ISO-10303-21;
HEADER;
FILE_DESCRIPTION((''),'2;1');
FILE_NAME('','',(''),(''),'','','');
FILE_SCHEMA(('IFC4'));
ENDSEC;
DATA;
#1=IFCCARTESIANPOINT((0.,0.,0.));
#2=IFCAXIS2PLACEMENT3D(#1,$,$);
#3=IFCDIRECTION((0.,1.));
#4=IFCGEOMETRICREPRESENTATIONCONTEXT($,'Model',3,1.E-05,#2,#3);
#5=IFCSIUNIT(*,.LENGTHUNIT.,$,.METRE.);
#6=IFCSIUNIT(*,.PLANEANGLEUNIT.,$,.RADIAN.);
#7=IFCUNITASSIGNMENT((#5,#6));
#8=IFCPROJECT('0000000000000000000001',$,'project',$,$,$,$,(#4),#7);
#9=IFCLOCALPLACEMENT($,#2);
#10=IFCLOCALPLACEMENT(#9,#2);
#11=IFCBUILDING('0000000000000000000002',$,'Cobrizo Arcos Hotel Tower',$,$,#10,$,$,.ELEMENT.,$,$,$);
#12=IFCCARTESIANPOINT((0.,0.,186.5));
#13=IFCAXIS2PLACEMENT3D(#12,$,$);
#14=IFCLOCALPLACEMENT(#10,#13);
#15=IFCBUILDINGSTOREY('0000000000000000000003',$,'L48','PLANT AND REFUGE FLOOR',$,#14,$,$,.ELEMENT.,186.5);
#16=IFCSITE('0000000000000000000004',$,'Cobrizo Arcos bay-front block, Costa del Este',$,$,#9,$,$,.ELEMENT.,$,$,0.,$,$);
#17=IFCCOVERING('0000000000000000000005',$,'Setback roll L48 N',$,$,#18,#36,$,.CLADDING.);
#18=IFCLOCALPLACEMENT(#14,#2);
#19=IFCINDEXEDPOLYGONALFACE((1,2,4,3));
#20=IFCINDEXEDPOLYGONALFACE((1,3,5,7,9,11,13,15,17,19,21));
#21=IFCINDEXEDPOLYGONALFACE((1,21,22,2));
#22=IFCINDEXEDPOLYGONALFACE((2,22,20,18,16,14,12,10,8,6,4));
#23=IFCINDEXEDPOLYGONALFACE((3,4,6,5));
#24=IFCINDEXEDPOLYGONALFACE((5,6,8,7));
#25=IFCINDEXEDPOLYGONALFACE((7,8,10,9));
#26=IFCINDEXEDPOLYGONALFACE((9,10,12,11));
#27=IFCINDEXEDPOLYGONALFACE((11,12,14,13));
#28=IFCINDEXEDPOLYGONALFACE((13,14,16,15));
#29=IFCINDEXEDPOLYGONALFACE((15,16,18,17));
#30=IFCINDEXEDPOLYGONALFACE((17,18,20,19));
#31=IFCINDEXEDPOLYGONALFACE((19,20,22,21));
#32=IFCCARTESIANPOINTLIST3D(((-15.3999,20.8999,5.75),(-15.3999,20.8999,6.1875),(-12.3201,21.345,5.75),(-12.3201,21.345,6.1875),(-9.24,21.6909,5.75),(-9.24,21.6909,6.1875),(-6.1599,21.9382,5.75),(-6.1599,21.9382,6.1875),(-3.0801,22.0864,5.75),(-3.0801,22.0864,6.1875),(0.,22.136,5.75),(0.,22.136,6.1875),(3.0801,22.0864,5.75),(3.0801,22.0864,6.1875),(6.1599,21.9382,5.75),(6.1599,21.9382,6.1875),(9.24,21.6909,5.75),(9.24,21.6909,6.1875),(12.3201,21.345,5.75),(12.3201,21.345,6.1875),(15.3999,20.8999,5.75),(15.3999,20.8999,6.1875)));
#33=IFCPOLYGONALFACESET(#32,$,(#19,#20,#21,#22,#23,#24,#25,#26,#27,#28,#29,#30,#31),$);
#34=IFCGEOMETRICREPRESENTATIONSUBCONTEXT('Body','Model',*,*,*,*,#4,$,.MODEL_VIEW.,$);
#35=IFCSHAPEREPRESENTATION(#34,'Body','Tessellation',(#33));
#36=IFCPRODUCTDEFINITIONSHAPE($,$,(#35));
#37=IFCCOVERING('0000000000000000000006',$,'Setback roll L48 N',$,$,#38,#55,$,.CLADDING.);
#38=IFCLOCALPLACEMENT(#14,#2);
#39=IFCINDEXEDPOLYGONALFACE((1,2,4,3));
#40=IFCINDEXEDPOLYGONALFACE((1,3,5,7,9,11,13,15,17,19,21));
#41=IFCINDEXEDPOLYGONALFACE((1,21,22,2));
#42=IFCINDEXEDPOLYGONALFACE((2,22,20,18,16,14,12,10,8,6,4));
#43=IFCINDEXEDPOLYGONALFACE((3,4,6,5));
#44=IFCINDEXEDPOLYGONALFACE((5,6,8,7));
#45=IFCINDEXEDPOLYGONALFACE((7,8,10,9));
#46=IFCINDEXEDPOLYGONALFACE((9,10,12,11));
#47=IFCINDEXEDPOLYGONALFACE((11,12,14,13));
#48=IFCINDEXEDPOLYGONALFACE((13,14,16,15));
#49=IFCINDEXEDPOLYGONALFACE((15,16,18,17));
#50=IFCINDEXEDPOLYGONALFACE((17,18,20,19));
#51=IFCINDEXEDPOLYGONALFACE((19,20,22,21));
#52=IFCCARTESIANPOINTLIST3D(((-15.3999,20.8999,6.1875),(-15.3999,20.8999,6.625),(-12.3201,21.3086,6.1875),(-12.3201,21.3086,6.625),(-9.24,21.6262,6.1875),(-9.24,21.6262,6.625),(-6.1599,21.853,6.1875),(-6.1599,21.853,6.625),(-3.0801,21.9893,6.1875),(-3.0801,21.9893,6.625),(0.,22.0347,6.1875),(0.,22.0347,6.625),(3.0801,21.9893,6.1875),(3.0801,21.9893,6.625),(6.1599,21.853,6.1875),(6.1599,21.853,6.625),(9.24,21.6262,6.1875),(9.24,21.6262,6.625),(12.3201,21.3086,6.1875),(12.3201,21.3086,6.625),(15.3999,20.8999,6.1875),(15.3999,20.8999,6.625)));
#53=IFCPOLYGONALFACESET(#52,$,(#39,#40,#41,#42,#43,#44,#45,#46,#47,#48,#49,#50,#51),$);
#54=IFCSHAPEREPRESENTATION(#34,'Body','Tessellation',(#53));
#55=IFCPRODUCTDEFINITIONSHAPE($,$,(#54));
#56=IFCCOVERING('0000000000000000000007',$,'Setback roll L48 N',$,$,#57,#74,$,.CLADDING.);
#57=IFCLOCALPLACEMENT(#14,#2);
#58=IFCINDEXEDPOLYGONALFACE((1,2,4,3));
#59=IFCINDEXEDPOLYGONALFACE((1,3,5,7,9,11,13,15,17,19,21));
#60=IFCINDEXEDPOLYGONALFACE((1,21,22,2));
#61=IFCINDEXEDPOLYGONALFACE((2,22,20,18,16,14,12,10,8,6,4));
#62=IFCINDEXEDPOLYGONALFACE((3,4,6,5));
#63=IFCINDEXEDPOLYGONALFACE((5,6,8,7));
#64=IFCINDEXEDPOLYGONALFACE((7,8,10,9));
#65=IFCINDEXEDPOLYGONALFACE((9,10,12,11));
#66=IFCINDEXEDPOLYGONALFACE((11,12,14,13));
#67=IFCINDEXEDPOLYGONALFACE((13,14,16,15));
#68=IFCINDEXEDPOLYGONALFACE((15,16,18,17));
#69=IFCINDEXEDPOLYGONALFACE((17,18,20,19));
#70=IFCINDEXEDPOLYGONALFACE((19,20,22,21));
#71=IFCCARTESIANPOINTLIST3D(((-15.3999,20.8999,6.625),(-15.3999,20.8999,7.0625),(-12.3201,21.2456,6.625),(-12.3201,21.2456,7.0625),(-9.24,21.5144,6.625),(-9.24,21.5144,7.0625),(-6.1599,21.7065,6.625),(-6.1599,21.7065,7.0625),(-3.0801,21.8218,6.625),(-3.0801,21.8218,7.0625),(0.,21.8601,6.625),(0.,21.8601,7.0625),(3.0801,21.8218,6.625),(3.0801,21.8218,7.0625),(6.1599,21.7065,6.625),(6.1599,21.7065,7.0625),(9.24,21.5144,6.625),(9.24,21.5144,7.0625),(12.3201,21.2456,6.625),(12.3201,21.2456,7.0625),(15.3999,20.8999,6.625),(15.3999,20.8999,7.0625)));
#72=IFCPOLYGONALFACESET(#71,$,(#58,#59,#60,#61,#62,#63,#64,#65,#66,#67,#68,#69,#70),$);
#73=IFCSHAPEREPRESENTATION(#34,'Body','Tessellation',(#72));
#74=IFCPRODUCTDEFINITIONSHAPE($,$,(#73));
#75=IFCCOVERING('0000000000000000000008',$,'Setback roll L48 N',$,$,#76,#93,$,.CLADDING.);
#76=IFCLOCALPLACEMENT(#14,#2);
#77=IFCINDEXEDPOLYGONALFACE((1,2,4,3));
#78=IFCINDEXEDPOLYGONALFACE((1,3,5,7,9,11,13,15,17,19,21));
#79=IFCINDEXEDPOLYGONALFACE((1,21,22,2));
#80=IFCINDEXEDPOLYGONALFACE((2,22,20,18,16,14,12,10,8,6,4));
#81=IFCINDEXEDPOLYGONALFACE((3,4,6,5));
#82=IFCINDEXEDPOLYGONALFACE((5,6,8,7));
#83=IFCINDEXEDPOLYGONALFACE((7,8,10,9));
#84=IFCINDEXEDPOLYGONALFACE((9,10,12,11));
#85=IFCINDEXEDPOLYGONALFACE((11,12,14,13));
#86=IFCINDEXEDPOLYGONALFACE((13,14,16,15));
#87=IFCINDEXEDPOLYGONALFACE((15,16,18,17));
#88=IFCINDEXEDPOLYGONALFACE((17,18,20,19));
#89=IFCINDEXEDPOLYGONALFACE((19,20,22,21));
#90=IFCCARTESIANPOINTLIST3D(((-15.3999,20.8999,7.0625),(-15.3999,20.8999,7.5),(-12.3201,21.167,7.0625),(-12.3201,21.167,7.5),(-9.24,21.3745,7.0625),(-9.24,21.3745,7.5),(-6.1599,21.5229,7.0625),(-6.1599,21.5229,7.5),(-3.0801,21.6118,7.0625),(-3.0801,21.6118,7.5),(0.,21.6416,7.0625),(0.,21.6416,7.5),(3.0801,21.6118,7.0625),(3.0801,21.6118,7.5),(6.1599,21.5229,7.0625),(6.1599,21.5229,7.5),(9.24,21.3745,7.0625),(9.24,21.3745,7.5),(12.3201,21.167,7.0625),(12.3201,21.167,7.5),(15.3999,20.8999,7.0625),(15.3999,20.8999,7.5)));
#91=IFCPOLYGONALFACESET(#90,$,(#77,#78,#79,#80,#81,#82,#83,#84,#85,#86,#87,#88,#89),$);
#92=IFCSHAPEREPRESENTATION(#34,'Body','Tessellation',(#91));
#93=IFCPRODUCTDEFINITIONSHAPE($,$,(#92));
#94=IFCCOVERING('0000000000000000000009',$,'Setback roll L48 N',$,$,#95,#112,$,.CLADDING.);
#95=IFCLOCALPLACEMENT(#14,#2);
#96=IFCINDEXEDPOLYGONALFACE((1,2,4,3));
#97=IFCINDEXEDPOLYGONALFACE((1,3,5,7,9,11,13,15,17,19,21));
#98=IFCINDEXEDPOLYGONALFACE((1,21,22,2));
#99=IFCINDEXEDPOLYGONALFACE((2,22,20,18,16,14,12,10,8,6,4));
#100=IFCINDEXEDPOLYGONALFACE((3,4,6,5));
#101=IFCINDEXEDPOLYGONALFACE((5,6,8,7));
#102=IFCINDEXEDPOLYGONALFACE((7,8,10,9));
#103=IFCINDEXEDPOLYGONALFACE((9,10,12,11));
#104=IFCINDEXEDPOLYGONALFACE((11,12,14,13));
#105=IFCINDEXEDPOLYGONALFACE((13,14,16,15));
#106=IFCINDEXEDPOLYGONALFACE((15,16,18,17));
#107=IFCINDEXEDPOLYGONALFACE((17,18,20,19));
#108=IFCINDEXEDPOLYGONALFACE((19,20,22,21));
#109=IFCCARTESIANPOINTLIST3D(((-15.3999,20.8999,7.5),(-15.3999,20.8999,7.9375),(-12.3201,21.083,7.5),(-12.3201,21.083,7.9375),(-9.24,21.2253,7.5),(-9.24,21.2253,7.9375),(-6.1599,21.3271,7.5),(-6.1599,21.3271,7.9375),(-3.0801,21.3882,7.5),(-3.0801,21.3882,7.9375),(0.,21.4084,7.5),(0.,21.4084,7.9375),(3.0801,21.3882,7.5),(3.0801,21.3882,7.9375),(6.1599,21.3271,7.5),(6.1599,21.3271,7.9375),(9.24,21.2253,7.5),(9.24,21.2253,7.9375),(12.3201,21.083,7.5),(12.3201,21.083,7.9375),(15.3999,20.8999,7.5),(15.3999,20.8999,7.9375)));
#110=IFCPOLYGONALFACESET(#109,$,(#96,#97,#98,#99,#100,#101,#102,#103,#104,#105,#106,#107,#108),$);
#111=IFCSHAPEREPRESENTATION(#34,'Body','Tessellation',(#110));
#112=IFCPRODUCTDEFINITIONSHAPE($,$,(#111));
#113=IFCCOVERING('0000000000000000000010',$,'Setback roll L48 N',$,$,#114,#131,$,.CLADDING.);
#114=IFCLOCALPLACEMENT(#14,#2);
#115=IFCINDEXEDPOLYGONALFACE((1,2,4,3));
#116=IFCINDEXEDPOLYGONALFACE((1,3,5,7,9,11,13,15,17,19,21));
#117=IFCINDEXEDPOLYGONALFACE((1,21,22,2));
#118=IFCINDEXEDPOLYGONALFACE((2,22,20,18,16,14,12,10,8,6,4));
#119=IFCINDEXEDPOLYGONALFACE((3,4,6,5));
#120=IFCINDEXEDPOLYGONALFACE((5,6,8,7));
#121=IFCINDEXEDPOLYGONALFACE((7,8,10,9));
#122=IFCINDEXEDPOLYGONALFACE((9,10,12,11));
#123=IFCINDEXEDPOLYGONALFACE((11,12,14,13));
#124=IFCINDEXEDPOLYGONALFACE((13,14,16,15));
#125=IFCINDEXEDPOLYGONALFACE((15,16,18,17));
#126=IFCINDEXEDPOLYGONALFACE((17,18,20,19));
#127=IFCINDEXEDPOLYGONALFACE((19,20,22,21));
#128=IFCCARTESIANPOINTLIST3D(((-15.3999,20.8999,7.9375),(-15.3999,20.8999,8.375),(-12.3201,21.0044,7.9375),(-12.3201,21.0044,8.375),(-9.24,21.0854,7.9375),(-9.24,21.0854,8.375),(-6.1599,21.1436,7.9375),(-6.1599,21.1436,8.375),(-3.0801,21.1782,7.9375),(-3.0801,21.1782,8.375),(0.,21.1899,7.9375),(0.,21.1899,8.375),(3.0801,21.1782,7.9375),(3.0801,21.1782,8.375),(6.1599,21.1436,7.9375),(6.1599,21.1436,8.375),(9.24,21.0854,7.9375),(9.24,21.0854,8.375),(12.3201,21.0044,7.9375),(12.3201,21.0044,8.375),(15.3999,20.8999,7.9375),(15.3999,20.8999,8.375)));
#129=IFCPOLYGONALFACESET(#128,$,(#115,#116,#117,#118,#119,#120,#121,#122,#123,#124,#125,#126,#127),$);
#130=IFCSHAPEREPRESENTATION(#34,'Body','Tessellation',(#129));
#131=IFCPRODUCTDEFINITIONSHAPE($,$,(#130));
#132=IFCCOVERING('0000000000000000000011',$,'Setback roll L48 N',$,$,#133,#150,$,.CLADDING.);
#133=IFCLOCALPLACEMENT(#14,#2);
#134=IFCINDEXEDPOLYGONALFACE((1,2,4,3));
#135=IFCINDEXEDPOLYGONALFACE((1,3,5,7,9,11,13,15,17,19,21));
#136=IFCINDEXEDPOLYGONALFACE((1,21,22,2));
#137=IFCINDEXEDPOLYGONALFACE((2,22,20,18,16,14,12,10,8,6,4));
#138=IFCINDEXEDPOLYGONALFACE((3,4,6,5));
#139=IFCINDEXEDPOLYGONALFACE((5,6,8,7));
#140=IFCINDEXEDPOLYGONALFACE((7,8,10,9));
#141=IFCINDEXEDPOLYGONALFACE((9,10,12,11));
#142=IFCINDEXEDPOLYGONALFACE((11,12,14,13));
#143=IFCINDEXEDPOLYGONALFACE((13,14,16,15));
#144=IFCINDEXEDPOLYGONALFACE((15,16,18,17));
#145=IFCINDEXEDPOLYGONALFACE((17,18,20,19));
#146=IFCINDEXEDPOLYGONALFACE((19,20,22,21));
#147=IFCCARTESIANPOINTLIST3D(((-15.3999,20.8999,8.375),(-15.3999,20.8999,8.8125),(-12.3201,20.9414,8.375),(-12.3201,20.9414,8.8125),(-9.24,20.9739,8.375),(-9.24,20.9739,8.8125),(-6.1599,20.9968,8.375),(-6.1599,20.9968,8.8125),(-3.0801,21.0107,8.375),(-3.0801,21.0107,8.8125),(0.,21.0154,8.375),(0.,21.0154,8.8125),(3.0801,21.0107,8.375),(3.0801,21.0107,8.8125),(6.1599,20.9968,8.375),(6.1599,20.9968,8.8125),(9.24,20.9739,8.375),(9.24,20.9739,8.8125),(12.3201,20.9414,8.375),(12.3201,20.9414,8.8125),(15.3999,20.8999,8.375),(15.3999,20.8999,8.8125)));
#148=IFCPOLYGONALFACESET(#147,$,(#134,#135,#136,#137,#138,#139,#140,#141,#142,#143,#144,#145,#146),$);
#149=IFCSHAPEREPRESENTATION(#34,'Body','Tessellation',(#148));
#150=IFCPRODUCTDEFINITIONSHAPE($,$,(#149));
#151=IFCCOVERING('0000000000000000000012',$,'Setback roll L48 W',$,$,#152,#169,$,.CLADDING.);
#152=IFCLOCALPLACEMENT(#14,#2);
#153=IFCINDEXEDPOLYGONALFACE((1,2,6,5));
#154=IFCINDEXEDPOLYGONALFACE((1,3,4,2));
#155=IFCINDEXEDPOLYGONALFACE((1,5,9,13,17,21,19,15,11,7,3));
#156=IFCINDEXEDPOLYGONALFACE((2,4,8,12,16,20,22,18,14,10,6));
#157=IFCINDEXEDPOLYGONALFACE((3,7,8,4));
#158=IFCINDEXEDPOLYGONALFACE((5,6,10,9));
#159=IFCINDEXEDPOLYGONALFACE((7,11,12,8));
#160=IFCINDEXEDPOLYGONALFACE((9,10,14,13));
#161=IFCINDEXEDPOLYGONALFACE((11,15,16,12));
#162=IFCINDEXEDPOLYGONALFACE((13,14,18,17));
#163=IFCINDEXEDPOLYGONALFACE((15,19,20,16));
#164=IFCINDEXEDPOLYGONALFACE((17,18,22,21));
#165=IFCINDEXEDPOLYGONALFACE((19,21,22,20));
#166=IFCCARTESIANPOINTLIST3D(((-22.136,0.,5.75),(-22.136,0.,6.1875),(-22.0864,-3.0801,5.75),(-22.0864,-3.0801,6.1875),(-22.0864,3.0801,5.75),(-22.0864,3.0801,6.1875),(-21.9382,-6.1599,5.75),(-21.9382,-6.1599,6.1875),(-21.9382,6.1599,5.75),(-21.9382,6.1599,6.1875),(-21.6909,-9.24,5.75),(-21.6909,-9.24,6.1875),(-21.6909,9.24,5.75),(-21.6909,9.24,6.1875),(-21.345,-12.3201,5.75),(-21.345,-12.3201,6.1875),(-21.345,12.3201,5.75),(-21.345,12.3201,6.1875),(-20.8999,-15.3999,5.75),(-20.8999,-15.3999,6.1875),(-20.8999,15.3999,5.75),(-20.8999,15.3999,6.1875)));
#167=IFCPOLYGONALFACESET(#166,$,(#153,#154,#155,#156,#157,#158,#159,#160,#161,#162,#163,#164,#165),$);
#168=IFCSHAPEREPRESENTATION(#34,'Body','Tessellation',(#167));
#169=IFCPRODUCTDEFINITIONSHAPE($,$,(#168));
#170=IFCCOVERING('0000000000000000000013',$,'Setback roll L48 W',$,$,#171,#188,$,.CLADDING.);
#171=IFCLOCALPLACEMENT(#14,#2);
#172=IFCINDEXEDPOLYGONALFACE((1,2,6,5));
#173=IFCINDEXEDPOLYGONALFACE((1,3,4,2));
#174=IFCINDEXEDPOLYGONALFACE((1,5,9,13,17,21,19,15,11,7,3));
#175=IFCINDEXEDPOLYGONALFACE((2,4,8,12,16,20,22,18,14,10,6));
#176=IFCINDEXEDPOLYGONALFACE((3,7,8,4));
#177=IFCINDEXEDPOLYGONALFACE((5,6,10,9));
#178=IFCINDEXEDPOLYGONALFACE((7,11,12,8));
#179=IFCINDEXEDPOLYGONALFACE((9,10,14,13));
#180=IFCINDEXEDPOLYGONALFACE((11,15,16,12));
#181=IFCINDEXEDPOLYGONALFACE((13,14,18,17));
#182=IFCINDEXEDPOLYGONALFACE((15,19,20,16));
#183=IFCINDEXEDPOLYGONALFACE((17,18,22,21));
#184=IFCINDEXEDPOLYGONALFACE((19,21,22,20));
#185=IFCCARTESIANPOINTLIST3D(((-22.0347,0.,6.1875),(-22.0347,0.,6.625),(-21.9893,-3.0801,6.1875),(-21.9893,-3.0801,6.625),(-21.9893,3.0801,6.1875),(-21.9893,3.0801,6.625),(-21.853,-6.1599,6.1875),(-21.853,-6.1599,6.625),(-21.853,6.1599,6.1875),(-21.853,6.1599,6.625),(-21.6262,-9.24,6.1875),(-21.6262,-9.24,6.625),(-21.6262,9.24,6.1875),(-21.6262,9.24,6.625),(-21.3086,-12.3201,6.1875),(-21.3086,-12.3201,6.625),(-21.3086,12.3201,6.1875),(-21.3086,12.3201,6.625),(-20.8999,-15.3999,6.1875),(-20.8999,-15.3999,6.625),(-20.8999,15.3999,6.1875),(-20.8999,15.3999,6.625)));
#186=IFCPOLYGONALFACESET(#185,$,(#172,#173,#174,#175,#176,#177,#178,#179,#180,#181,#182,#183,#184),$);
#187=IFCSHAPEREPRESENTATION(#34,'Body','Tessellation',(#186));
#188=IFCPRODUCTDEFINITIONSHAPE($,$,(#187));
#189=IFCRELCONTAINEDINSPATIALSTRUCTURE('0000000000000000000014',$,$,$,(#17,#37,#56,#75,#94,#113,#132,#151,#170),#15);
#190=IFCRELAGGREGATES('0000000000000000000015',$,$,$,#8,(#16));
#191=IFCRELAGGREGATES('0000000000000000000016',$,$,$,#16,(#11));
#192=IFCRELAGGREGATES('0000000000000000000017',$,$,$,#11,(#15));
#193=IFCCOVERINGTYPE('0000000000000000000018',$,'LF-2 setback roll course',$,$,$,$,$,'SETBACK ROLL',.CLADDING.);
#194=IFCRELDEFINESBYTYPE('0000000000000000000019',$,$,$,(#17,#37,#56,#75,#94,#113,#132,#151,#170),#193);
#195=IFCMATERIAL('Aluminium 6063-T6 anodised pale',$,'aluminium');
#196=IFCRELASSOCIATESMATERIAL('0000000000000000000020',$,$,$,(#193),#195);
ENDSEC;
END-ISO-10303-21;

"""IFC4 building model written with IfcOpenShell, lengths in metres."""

from ifc_helpers import new_model, si_unit, direction, frame, origin, place, context, subcontext, project, spatial, polyline, outline, extrude, material, type_object, element, save


model = new_model("IFC4")

# Units and contexts
model_context = context("Model", 3, precision=1e-05, world=origin(), true_north=direction((0.0, 1.0)))
body_context = subcontext(model_context, "Body", "Model", "MODEL_VIEW")
ifc_project = project(units=[si_unit("LENGTHUNIT", "METRE"), si_unit("PLANEANGLEUNIT", "RADIAN")], contexts=[model_context])

# Site, building, storey
site_placement = place(None, origin())
site = spatial("IfcSite", under=ifc_project, at=site_placement, Name="Cobrizo Arcos bay-front block, Costa del Este", CompositionType="ELEMENT", RefElevation=0.0)
building_placement = place(site_placement, origin())
building = spatial("IfcBuilding", under=site, at=building_placement, Name="Cobrizo Arcos Hotel Tower", CompositionType="ELEMENT")
storey_placement = place(building_placement, frame((0.0, 0.0, 186.5)))
storey = spatial("IfcBuildingStorey", under=building, at=storey_placement, Name="L48", Description="PLANT AND REFUGE FLOOR", CompositionType="ELEMENT", Elevation=186.5)

# Coverings
ifc_material_1 = material(Name="Aluminium 6063-T6 anodised pale", Category="aluminium")
covering_type = type_object("IfcCoveringType", Name="LF-2 setback roll course", ElementType="SETBACK ROLL", PredefinedType="CLADDING", material=ifc_material_1)
covering_1_placement = place(storey_placement, frame((0.0, 0.0, 5.75)))
element("IfcCovering", 1, at=covering_1_placement, inside=storey, type_object=covering_type, Name="Setback roll L48 N", PredefinedType="CLADDING", context=body_context, shape_type="SweptSolid", body=[
    extrude(outline(polyline([(15.3999, 20.8999), (12.3201, 21.345), (9.24, 21.6909), (6.1599, 21.9382), (3.0801, 22.0864), (0.0, 22.136), (-3.0801, 22.0864), (-6.1599, 21.9382), (-9.24, 21.6909), (-12.3201, 21.345), (-15.3999, 20.8999), (-15.3999, 20.8999), (15.3999, 20.8999)])), origin(), (0.0, 0.0, 1.0), 0.4375),
])
covering_2_placement = place(storey_placement, frame((0.0, 0.0, 6.1875)))
element("IfcCovering", 2, at=covering_2_placement, inside=storey, type_object=covering_type, Name="Setback roll L48 N", PredefinedType="CLADDING", context=body_context, shape_type="SweptSolid", body=[
    extrude(outline(polyline([(15.3999, 20.8999), (12.3201, 21.3086), (9.24, 21.6262), (6.1599, 21.853), (3.0801, 21.9893), (0.0, 22.0347), (-3.0801, 21.9893), (-6.1599, 21.853), (-9.24, 21.6262), (-12.3201, 21.3086), (-15.3999, 20.8999), (-15.3999, 20.8999), (15.3999, 20.8999)])), origin(), (0.0, 0.0, 1.0), 0.4375),
])
covering_3_placement = place(storey_placement, frame((0.0, 0.0, 6.625)))
element("IfcCovering", 3, at=covering_3_placement, inside=storey, type_object=covering_type, Name="Setback roll L48 N", PredefinedType="CLADDING", context=body_context, shape_type="SweptSolid", body=[
    extrude(outline(polyline([(15.3999, 20.8999), (12.3201, 21.2456), (9.24, 21.5144), (6.1599, 21.7065), (3.0801, 21.8218), (0.0, 21.8601), (-3.0801, 21.8218), (-6.1599, 21.7065), (-9.24, 21.5144), (-12.3201, 21.2456), (-15.3999, 20.8999), (-15.3999, 20.8999), (15.3999, 20.8999)])), origin(), (0.0, 0.0, 1.0), 0.4375),
])
covering_4_placement = place(storey_placement, frame((0.0, 0.0, 7.0625)))
element("IfcCovering", 4, at=covering_4_placement, inside=storey, type_object=covering_type, Name="Setback roll L48 N", PredefinedType="CLADDING", context=body_context, shape_type="SweptSolid", body=[
    extrude(outline(polyline([(15.3999, 20.8999), (12.3201, 21.167), (9.24, 21.3745), (6.1599, 21.5229), (3.0801, 21.6118), (0.0, 21.6416), (-3.0801, 21.6118), (-6.1599, 21.5229), (-9.24, 21.3745), (-12.3201, 21.167), (-15.3999, 20.8999), (-15.3999, 20.8999), (15.3999, 20.8999)])), origin(), (0.0, 0.0, 1.0), 0.4375),
])
covering_5_placement = place(storey_placement, frame((0.0, 0.0, 7.5)))
element("IfcCovering", 5, at=covering_5_placement, inside=storey, type_object=covering_type, Name="Setback roll L48 N", PredefinedType="CLADDING", context=body_context, shape_type="SweptSolid", body=[
    extrude(outline(polyline([(15.3999, 20.8999), (12.3201, 21.083), (9.24, 21.2253), (6.1599, 21.3271), (3.0801, 21.3882), (0.0, 21.4084), (-3.0801, 21.3882), (-6.1599, 21.3271), (-9.24, 21.2253), (-12.3201, 21.083), (-15.3999, 20.8999), (-15.3999, 20.8999), (15.3999, 20.8999)])), origin(), (0.0, 0.0, 1.0), 0.4375),
])
covering_6_placement = place(storey_placement, frame((0.0, 0.0, 7.9375)))
element("IfcCovering", 6, at=covering_6_placement, inside=storey, type_object=covering_type, Name="Setback roll L48 N", PredefinedType="CLADDING", context=body_context, shape_type="SweptSolid", body=[
    extrude(outline(polyline([(15.3999, 20.8999), (12.3201, 21.0044), (9.24, 21.0854), (6.1599, 21.1436), (3.0801, 21.1782), (0.0, 21.1899), (-3.0801, 21.1782), (-6.1599, 21.1436), (-9.24, 21.0854), (-12.3201, 21.0044), (-15.3999, 20.8999), (-15.3999, 20.8999), (15.3999, 20.8999)])), origin(), (0.0, 0.0, 1.0), 0.4375),
])
covering_7_placement = place(storey_placement, frame((0.0, 0.0, 8.375)))
element("IfcCovering", 7, at=covering_7_placement, inside=storey, type_object=covering_type, Name="Setback roll L48 N", PredefinedType="CLADDING", context=body_context, shape_type="SweptSolid", body=[
    extrude(outline(polyline([(15.3999, 20.8999), (12.3201, 20.9414), (9.24, 20.9739), (6.1599, 20.9968), (3.0801, 21.0107), (0.0, 21.0154), (-3.0801, 21.0107), (-6.1599, 20.9968), (-9.24, 20.9739), (-12.3201, 20.9414), (-15.3999, 20.8999), (-15.3999, 20.8999), (15.3999, 20.8999)])), origin(), (0.0, 0.0, 1.0), 0.4375),
])
covering_8_placement = place(storey_placement, frame((0.0, 0.0, 5.75)))
element("IfcCovering", 8, at=covering_8_placement, inside=storey, type_object=covering_type, Name="Setback roll L48 W", PredefinedType="CLADDING", context=body_context, shape_type="SweptSolid", body=[
    extrude(outline(polyline([(-20.8999, 15.3999), (-21.345, 12.3201), (-21.6909, 9.24), (-21.9382, 6.1599), (-22.0864, 3.0801), (-22.136, 0.0), (-22.0864, -3.0801), (-21.9382, -6.1599), (-21.6909, -9.24), (-21.345, -12.3201), (-20.8999, -15.3999), (-20.8999, -15.3999), (-20.8999, 15.3999)])), origin(), (0.0, 0.0, 1.0), 0.4375),
])
covering_9_placement = place(storey_placement, frame((0.0, 0.0, 6.1875)))
element("IfcCovering", 9, at=covering_9_placement, inside=storey, type_object=covering_type, Name="Setback roll L48 W", PredefinedType="CLADDING", context=body_context, shape_type="SweptSolid", body=[
    extrude(outline(polyline([(-20.8999, 15.3999), (-21.3086, 12.3201), (-21.6262, 9.24), (-21.853, 6.1599), (-21.9893, 3.0801), (-22.0347, 0.0), (-21.9893, -3.0801), (-21.853, -6.1599), (-21.6262, -9.24), (-21.3086, -12.3201), (-20.8999, -15.3999), (-20.8999, -15.3999), (-20.8999, 15.3999)])), origin(), (0.0, 0.0, 1.0), 0.4375),
])

save(model, "model.ifc")
